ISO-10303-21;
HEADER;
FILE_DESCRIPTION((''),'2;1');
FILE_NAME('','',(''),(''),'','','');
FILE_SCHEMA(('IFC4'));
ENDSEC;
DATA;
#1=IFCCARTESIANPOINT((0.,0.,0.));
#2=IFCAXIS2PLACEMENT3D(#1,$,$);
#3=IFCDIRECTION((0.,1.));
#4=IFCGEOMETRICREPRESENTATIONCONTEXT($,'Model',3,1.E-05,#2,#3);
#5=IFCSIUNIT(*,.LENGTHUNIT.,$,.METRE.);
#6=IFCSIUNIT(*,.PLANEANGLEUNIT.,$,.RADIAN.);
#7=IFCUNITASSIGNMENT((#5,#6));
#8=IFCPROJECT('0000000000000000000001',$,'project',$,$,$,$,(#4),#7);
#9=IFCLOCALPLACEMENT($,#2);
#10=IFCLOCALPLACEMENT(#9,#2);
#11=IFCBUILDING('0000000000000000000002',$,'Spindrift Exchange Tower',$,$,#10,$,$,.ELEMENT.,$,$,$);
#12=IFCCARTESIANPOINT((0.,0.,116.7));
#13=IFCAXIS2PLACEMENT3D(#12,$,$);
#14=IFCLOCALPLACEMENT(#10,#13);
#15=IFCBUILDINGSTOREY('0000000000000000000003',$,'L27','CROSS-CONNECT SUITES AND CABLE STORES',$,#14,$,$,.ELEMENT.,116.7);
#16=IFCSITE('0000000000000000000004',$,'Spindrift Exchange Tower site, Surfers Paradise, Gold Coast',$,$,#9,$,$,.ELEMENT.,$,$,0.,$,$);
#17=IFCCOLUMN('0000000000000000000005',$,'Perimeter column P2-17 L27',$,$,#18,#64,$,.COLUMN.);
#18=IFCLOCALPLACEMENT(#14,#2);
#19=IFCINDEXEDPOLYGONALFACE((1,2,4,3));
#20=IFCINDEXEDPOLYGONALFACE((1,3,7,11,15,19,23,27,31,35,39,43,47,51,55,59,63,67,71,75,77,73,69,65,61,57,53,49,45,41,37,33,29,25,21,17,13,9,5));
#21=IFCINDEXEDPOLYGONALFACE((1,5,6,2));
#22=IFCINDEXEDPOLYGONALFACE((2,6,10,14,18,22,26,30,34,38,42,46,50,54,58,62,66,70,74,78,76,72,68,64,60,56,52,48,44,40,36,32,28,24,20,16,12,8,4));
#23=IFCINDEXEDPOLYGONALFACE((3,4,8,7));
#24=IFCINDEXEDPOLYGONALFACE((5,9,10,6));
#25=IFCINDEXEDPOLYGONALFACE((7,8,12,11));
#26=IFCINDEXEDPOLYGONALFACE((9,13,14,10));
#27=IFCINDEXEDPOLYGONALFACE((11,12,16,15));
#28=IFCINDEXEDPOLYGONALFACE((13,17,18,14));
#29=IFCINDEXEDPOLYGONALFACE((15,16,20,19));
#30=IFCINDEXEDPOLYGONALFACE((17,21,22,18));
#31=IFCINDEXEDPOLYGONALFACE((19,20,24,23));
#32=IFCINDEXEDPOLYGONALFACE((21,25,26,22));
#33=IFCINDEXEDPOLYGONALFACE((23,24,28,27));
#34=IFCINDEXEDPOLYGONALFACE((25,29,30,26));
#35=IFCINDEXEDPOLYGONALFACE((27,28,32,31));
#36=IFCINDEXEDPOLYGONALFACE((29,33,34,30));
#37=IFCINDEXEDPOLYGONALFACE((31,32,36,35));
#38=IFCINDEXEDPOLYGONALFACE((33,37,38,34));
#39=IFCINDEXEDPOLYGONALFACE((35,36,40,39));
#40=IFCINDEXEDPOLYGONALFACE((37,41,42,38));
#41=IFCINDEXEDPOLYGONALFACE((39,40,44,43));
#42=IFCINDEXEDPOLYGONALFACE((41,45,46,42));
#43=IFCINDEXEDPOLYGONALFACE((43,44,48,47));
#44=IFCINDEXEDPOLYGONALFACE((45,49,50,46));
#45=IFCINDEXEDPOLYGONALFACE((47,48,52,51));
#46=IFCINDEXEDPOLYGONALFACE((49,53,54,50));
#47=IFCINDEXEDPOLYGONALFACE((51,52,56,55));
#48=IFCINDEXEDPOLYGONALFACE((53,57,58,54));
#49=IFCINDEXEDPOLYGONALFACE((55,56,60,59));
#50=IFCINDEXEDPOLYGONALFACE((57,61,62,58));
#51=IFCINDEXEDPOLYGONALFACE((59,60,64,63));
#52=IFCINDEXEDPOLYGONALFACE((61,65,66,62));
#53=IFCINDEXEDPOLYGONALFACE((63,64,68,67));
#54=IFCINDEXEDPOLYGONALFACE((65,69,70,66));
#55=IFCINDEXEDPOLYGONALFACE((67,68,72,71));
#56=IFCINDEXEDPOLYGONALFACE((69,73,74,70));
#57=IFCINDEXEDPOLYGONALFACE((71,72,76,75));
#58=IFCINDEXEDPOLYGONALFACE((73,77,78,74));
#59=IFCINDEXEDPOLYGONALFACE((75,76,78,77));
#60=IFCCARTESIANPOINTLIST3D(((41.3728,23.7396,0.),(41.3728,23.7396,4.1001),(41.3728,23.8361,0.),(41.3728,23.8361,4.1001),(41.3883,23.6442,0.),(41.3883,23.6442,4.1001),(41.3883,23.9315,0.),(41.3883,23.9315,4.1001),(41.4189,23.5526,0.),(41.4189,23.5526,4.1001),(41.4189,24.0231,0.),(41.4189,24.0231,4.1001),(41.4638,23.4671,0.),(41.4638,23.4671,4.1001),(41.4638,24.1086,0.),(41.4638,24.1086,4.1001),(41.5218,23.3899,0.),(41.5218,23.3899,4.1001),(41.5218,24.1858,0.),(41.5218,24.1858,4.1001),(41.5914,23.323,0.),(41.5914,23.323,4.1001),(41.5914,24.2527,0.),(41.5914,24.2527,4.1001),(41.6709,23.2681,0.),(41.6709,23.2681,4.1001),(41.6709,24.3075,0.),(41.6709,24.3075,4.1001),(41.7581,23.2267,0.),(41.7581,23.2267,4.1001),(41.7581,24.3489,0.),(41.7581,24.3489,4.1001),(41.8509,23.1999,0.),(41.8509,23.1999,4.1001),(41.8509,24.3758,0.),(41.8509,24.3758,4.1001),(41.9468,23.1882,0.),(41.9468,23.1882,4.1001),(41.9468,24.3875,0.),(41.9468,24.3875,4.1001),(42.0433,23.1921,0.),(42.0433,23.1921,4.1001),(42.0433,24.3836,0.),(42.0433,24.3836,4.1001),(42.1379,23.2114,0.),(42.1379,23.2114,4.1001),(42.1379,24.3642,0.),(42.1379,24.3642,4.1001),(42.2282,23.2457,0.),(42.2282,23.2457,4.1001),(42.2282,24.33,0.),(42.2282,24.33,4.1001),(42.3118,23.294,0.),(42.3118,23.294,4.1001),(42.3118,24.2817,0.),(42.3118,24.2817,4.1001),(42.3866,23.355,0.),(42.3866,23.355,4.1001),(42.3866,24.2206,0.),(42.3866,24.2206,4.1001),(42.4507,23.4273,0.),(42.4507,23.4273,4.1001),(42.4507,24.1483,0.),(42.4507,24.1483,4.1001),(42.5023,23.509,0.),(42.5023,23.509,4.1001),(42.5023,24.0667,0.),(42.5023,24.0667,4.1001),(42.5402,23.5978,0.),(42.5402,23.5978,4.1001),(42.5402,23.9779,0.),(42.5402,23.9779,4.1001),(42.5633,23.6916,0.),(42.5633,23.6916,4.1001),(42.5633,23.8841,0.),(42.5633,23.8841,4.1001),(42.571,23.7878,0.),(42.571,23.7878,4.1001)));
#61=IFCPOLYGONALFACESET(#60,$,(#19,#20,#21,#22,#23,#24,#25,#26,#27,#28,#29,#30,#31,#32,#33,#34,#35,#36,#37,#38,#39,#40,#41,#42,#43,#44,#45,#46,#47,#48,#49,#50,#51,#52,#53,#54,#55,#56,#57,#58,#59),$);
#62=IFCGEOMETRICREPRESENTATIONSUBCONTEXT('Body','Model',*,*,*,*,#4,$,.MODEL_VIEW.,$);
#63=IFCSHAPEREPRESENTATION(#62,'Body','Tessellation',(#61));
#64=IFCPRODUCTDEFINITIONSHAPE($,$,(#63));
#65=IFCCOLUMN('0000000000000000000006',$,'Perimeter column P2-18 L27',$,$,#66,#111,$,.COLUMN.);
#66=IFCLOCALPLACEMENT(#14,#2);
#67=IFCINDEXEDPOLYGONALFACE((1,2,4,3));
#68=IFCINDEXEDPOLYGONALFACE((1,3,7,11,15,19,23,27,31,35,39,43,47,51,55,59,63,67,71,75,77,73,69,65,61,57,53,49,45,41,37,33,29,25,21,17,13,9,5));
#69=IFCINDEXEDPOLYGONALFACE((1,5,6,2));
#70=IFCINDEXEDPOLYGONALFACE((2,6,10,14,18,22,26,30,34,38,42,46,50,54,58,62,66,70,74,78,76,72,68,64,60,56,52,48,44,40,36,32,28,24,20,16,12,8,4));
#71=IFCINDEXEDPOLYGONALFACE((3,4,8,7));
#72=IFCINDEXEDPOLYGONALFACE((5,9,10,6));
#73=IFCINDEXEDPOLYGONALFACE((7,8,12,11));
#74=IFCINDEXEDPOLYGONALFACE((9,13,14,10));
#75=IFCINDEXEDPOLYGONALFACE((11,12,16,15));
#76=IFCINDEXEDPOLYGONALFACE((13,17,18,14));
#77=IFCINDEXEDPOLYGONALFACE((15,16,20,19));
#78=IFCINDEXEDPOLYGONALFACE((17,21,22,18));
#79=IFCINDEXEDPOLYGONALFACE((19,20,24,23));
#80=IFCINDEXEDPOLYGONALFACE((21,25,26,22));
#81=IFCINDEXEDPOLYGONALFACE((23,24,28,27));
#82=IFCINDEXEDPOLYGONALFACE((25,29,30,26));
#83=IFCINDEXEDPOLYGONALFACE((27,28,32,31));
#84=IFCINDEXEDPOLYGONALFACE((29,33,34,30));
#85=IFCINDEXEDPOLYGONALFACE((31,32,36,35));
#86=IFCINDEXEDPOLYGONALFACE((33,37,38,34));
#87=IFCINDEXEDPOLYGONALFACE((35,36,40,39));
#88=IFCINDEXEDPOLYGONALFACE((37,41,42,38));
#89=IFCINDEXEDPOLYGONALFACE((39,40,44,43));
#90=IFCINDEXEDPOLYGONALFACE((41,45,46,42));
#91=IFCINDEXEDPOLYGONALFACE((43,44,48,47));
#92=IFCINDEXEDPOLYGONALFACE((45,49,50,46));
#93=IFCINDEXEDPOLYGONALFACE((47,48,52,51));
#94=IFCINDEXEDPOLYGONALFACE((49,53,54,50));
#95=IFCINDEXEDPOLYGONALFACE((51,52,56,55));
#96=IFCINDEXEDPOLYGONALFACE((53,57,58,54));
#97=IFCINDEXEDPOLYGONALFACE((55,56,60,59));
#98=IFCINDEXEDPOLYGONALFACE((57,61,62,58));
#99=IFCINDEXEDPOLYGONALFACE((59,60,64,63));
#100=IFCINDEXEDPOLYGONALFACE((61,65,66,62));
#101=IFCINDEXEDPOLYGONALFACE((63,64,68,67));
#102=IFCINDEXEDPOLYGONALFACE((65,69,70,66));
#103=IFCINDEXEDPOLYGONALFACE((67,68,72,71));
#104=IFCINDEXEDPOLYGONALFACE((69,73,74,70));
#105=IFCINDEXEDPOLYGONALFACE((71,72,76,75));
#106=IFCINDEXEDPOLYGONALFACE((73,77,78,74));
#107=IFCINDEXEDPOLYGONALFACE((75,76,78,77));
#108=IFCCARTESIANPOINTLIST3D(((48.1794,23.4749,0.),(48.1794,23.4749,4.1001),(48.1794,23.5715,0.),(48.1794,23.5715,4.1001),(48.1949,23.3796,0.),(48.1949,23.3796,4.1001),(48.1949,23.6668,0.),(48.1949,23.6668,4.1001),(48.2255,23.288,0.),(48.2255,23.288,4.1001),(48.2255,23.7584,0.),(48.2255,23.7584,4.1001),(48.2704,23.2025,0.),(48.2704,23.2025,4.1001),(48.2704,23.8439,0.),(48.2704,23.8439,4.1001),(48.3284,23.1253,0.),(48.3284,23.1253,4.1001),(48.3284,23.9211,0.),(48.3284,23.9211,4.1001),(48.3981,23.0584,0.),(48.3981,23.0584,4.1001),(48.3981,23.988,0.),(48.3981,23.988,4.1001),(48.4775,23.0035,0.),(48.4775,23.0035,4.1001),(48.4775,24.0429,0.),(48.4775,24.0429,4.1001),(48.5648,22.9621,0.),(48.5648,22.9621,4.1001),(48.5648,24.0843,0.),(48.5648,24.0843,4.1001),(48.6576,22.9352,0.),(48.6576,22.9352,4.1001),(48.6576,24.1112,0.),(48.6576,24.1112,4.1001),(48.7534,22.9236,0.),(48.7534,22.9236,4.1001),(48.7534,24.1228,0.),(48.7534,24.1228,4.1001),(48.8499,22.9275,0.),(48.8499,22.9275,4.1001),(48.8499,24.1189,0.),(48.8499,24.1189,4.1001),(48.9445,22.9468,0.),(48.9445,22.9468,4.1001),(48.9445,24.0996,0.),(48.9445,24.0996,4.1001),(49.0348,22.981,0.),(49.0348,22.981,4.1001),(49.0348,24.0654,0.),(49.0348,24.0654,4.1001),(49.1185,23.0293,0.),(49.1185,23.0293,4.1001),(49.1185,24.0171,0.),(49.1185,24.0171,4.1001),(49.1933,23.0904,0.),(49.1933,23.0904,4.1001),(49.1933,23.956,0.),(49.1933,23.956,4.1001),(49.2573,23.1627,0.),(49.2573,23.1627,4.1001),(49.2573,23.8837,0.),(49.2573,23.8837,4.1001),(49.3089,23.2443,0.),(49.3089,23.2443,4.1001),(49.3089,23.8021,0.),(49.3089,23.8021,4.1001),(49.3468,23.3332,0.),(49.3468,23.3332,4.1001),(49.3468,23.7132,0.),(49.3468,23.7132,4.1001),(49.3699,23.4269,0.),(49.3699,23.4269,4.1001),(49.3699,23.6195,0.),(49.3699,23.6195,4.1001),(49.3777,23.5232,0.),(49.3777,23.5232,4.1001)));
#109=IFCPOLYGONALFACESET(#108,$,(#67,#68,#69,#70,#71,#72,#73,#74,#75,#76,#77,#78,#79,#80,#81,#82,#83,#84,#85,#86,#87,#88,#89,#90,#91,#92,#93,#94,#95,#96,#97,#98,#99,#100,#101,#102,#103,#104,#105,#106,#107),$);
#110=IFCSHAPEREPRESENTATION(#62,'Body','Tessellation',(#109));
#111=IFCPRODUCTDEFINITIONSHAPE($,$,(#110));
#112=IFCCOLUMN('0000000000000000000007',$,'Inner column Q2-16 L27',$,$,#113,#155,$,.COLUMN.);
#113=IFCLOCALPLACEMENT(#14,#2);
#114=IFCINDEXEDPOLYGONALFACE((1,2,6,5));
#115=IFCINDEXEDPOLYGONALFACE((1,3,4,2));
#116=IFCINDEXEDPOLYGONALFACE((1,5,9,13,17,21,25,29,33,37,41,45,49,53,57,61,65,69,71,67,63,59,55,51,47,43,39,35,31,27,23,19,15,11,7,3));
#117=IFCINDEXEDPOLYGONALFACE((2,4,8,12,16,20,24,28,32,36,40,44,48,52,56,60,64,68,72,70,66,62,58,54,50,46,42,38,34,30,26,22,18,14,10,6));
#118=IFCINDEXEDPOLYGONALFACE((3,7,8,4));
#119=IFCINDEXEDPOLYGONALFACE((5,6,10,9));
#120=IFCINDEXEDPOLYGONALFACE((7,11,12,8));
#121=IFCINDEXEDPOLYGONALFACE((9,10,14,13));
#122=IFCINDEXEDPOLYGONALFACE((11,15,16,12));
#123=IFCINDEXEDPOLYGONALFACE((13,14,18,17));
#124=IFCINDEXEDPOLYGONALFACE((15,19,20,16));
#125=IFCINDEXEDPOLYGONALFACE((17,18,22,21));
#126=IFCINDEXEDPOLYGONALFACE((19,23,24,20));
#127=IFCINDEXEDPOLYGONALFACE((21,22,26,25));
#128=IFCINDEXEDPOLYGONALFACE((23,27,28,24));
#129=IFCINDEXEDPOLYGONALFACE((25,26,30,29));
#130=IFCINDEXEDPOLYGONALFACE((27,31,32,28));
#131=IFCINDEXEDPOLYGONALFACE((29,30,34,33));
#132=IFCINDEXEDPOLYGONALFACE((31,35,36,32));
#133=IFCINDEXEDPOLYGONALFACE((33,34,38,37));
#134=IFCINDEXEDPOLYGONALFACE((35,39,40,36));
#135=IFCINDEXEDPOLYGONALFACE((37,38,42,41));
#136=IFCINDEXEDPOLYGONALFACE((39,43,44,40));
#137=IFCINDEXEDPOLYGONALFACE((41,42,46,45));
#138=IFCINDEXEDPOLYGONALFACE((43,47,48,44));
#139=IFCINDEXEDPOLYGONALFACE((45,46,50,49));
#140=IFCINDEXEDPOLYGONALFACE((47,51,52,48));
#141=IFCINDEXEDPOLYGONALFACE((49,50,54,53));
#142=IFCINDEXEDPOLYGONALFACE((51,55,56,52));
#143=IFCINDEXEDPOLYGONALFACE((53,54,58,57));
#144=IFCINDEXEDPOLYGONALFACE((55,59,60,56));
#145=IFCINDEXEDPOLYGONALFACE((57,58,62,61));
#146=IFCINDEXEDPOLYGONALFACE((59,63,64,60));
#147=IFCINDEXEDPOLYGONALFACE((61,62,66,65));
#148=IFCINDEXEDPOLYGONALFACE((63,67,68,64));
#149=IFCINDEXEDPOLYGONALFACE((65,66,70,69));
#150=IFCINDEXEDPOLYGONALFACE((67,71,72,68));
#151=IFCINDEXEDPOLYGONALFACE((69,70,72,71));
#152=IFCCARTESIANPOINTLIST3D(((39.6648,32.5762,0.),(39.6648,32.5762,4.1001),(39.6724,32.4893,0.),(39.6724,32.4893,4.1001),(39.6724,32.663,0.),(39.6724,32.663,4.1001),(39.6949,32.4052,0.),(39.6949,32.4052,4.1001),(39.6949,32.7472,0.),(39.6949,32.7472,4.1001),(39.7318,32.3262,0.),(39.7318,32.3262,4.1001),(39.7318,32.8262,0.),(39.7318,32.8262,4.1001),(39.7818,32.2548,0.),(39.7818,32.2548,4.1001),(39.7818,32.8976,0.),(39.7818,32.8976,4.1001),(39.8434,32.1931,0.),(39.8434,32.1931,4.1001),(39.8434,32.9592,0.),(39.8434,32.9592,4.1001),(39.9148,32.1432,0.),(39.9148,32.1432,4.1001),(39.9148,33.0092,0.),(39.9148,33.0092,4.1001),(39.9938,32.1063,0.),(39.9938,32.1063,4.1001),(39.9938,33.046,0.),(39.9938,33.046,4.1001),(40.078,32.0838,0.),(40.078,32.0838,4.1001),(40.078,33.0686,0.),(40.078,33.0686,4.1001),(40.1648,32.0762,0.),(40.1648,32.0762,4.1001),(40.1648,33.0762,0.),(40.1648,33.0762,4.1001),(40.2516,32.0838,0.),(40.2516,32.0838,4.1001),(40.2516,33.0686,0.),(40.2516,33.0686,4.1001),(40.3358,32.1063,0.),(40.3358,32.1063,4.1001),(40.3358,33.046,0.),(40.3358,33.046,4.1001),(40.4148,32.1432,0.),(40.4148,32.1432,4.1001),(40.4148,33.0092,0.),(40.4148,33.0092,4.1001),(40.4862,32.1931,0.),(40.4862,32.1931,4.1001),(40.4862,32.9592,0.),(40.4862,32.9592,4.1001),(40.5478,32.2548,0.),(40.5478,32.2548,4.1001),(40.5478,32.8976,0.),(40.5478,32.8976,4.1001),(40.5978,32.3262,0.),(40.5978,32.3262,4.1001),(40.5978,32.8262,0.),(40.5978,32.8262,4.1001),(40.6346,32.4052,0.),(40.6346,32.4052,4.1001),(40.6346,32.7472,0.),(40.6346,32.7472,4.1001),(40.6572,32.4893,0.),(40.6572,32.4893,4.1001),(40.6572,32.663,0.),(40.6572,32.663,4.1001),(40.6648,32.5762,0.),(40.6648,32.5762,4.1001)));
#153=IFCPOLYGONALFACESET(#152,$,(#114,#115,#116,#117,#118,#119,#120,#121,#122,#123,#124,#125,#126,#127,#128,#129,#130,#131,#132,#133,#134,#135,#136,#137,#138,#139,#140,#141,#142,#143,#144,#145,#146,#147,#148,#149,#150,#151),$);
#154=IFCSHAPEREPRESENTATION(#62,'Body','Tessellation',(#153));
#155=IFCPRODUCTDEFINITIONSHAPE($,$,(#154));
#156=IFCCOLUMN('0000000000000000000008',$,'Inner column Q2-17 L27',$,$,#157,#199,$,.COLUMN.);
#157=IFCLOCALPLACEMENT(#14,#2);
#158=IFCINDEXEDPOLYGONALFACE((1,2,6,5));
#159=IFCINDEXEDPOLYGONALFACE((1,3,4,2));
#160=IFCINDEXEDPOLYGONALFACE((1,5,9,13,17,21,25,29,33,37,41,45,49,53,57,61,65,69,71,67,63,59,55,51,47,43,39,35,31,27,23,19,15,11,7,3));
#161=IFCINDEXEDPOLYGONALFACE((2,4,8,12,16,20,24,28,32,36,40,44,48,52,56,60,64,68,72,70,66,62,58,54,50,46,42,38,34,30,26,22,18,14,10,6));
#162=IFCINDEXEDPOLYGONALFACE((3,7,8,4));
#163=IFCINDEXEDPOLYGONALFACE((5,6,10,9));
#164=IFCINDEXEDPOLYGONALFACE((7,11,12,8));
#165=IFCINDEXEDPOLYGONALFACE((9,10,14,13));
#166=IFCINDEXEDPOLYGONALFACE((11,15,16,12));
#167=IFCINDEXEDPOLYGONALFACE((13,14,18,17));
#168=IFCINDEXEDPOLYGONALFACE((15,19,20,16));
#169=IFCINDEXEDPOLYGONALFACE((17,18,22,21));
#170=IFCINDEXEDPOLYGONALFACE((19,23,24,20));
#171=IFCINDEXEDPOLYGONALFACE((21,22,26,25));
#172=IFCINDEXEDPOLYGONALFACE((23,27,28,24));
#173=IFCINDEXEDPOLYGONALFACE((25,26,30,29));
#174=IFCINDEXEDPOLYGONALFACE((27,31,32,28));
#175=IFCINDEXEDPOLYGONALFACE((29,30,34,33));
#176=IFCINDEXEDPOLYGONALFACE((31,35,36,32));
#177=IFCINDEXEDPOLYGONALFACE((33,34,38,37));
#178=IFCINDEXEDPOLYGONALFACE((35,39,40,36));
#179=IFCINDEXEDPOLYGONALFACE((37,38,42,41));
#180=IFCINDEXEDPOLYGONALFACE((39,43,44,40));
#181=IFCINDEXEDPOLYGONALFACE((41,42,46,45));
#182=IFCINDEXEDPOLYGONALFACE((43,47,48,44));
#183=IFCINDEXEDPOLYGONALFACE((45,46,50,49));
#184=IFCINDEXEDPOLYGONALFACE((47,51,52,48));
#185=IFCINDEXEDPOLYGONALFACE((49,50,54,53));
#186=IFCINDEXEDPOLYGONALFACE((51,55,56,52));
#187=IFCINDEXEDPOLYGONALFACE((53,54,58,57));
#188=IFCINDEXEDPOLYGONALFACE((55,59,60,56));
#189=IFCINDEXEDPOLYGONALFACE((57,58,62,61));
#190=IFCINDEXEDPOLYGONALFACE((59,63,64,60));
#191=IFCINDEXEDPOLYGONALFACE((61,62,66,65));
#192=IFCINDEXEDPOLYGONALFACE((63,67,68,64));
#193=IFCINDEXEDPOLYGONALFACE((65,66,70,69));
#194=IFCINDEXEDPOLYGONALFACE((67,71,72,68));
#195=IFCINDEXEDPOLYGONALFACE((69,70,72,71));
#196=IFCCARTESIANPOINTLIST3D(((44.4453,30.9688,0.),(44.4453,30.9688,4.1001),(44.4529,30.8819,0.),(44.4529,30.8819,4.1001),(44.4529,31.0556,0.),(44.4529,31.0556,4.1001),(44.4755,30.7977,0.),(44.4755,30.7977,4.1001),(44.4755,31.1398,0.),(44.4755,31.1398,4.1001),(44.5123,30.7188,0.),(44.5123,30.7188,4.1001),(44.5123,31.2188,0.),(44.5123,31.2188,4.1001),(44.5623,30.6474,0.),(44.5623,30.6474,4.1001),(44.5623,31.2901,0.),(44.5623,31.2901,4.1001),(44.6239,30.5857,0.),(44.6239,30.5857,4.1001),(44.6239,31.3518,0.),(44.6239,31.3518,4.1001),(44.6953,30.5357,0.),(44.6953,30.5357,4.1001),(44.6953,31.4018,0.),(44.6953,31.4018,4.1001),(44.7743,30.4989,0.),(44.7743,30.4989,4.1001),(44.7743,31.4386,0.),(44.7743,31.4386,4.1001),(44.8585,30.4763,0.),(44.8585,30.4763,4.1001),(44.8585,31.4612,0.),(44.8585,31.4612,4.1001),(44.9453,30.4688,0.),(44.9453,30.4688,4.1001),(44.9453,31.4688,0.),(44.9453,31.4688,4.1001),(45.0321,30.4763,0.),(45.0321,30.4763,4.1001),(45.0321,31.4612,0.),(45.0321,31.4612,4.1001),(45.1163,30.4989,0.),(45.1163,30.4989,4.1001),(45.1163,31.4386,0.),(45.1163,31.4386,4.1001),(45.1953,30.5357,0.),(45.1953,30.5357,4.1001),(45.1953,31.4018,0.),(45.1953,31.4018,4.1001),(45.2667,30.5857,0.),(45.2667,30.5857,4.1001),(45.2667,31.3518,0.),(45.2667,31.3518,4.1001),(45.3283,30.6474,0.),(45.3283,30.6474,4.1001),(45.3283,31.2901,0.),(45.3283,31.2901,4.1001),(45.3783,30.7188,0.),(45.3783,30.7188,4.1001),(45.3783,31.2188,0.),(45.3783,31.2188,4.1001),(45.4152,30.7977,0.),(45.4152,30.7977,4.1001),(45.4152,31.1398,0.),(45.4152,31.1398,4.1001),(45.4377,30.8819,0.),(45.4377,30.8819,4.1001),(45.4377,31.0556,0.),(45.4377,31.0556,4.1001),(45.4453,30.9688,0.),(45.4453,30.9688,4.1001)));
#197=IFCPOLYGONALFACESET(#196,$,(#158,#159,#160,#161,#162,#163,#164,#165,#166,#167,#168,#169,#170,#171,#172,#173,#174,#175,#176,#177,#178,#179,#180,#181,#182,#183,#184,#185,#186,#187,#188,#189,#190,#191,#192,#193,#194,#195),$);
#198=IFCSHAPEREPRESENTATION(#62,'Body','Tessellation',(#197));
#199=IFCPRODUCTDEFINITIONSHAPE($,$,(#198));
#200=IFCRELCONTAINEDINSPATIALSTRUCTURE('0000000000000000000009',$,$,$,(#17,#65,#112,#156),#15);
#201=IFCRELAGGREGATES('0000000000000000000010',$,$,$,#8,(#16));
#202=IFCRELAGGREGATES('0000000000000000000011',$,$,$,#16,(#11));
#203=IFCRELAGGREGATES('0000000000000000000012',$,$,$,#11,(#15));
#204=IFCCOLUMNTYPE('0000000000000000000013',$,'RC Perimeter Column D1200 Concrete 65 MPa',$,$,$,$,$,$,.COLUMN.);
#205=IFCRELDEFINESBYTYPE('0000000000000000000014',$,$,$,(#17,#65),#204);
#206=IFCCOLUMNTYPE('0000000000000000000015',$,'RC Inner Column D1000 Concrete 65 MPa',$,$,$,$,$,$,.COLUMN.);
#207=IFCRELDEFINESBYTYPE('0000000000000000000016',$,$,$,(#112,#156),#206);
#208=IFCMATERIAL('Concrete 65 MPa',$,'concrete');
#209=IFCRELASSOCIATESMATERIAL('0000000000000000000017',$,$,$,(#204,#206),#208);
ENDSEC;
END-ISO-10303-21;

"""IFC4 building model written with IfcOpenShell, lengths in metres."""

from ifc_helpers import new_model, si_unit, direction, frame, origin, origin_2d, place, context, subcontext, project, spatial, circle, extrude, source, transform, mapped, material, material_profile, profile_set, type_object, element, save


model = new_model("IFC4")

# Units and contexts
model_context = context("Model", 3, precision=1e-05, world=origin(), true_north=direction((0.0, 1.0)))
body_context = subcontext(model_context, "Body", "Model", "MODEL_VIEW")
ifc_project = project(units=[si_unit("LENGTHUNIT", "METRE"), si_unit("PLANEANGLEUNIT", "RADIAN")], contexts=[model_context])

# Site, building, storey
site_placement = place(None, origin())
site = spatial("IfcSite", under=ifc_project, at=site_placement, Name="Spindrift Exchange Tower site, Surfers Paradise, Gold Coast", CompositionType="ELEMENT", RefElevation=0.0)
building_placement = place(site_placement, origin())
building = spatial("IfcBuilding", under=site, at=building_placement, Name="Spindrift Exchange Tower", CompositionType="ELEMENT")
storey_placement = place(building_placement, frame((0.0, 0.0, 116.7)))
storey = spatial("IfcBuildingStorey", under=building, at=storey_placement, Name="L27", Description="CROSS-CONNECT SUITES AND CABLE STORES", CompositionType="ELEMENT", Elevation=116.7)

# Columns
ifc_material_1 = material(Name="Concrete 65 MPa", Category="concrete")
ifc_material_profile_1 = material_profile(ifc_material_1, circle(Radius=0.6001, at=origin_2d()), Name="RC D1200")
ifc_profile_set_1 = profile_set([ifc_material_profile_1], Name="Concrete 65 MPa")
column_type_1 = type_object("IfcColumnType", Name="RC Perimeter Column D1200 Concrete 65 MPa", PredefinedType="COLUMN", material=ifc_profile_set_1)
shared_shape_1 = source(origin(), body_context, "Body", "SweptSolid", [
    extrude(circle(Radius=0.6001, at=origin_2d()), origin(), (0.0, 0.0, 1.0), 4.1001),
])
for number, where, z_axis, x_axis, name in (
    (1, (41.9709, 23.7878, 0.0), (0.0, 0.0, 1.0), (1.0, 0.0, 0.0), "Perimeter column P2-17 L27"),
    (2, (48.7776, 23.5232, 0.0), (0.0, 0.0, 1.0), (1.0, 0.0, 0.0), "Perimeter column P2-18 L27"),
):
    element("IfcColumn", number, at=place(storey_placement, frame(where, z_axis=z_axis, x_axis=x_axis)), inside=storey, type_object=column_type_1, Name=name, PredefinedType="COLUMN", context=body_context, shape_type="MappedRepresentation", body=[
        mapped(shared_shape_1, transform((0.0, 0.0, 0.0), scale=1.0)),
    ])
ifc_material_profile_2 = material_profile(ifc_material_1, circle(Radius=0.5, at=origin_2d()), Name="RC D1000")
ifc_profile_set_2 = profile_set([ifc_material_profile_2], Name="Concrete 65 MPa")
column_type_2 = type_object("IfcColumnType", Name="RC Inner Column D1000 Concrete 65 MPa", PredefinedType="COLUMN", material=ifc_profile_set_2)
shared_shape_2 = source(origin(), body_context, "Body", "SweptSolid", [
    extrude(circle(Radius=0.5, at=origin_2d()), origin(), (0.0, 0.0, 1.0), 4.1001),
])
for number, where, z_axis, x_axis, name in (
    (3, (40.1648, 32.5762, 0.0), (0.0, 0.0, 1.0), (1.0, 0.0, 0.0), "Inner column Q2-16 L27"),
    (4, (44.9453, 30.9688, 0.0), (0.0, 0.0, 1.0), (1.0, 0.0, 0.0), "Inner column Q2-17 L27"),
):
    element("IfcColumn", number, at=place(storey_placement, frame(where, z_axis=z_axis, x_axis=x_axis)), inside=storey, type_object=column_type_2, Name=name, PredefinedType="COLUMN", context=body_context, shape_type="MappedRepresentation", body=[
        mapped(shared_shape_2, transform((0.0, 0.0, 0.0), scale=1.0)),
    ])

save(model, "model.ifc")
